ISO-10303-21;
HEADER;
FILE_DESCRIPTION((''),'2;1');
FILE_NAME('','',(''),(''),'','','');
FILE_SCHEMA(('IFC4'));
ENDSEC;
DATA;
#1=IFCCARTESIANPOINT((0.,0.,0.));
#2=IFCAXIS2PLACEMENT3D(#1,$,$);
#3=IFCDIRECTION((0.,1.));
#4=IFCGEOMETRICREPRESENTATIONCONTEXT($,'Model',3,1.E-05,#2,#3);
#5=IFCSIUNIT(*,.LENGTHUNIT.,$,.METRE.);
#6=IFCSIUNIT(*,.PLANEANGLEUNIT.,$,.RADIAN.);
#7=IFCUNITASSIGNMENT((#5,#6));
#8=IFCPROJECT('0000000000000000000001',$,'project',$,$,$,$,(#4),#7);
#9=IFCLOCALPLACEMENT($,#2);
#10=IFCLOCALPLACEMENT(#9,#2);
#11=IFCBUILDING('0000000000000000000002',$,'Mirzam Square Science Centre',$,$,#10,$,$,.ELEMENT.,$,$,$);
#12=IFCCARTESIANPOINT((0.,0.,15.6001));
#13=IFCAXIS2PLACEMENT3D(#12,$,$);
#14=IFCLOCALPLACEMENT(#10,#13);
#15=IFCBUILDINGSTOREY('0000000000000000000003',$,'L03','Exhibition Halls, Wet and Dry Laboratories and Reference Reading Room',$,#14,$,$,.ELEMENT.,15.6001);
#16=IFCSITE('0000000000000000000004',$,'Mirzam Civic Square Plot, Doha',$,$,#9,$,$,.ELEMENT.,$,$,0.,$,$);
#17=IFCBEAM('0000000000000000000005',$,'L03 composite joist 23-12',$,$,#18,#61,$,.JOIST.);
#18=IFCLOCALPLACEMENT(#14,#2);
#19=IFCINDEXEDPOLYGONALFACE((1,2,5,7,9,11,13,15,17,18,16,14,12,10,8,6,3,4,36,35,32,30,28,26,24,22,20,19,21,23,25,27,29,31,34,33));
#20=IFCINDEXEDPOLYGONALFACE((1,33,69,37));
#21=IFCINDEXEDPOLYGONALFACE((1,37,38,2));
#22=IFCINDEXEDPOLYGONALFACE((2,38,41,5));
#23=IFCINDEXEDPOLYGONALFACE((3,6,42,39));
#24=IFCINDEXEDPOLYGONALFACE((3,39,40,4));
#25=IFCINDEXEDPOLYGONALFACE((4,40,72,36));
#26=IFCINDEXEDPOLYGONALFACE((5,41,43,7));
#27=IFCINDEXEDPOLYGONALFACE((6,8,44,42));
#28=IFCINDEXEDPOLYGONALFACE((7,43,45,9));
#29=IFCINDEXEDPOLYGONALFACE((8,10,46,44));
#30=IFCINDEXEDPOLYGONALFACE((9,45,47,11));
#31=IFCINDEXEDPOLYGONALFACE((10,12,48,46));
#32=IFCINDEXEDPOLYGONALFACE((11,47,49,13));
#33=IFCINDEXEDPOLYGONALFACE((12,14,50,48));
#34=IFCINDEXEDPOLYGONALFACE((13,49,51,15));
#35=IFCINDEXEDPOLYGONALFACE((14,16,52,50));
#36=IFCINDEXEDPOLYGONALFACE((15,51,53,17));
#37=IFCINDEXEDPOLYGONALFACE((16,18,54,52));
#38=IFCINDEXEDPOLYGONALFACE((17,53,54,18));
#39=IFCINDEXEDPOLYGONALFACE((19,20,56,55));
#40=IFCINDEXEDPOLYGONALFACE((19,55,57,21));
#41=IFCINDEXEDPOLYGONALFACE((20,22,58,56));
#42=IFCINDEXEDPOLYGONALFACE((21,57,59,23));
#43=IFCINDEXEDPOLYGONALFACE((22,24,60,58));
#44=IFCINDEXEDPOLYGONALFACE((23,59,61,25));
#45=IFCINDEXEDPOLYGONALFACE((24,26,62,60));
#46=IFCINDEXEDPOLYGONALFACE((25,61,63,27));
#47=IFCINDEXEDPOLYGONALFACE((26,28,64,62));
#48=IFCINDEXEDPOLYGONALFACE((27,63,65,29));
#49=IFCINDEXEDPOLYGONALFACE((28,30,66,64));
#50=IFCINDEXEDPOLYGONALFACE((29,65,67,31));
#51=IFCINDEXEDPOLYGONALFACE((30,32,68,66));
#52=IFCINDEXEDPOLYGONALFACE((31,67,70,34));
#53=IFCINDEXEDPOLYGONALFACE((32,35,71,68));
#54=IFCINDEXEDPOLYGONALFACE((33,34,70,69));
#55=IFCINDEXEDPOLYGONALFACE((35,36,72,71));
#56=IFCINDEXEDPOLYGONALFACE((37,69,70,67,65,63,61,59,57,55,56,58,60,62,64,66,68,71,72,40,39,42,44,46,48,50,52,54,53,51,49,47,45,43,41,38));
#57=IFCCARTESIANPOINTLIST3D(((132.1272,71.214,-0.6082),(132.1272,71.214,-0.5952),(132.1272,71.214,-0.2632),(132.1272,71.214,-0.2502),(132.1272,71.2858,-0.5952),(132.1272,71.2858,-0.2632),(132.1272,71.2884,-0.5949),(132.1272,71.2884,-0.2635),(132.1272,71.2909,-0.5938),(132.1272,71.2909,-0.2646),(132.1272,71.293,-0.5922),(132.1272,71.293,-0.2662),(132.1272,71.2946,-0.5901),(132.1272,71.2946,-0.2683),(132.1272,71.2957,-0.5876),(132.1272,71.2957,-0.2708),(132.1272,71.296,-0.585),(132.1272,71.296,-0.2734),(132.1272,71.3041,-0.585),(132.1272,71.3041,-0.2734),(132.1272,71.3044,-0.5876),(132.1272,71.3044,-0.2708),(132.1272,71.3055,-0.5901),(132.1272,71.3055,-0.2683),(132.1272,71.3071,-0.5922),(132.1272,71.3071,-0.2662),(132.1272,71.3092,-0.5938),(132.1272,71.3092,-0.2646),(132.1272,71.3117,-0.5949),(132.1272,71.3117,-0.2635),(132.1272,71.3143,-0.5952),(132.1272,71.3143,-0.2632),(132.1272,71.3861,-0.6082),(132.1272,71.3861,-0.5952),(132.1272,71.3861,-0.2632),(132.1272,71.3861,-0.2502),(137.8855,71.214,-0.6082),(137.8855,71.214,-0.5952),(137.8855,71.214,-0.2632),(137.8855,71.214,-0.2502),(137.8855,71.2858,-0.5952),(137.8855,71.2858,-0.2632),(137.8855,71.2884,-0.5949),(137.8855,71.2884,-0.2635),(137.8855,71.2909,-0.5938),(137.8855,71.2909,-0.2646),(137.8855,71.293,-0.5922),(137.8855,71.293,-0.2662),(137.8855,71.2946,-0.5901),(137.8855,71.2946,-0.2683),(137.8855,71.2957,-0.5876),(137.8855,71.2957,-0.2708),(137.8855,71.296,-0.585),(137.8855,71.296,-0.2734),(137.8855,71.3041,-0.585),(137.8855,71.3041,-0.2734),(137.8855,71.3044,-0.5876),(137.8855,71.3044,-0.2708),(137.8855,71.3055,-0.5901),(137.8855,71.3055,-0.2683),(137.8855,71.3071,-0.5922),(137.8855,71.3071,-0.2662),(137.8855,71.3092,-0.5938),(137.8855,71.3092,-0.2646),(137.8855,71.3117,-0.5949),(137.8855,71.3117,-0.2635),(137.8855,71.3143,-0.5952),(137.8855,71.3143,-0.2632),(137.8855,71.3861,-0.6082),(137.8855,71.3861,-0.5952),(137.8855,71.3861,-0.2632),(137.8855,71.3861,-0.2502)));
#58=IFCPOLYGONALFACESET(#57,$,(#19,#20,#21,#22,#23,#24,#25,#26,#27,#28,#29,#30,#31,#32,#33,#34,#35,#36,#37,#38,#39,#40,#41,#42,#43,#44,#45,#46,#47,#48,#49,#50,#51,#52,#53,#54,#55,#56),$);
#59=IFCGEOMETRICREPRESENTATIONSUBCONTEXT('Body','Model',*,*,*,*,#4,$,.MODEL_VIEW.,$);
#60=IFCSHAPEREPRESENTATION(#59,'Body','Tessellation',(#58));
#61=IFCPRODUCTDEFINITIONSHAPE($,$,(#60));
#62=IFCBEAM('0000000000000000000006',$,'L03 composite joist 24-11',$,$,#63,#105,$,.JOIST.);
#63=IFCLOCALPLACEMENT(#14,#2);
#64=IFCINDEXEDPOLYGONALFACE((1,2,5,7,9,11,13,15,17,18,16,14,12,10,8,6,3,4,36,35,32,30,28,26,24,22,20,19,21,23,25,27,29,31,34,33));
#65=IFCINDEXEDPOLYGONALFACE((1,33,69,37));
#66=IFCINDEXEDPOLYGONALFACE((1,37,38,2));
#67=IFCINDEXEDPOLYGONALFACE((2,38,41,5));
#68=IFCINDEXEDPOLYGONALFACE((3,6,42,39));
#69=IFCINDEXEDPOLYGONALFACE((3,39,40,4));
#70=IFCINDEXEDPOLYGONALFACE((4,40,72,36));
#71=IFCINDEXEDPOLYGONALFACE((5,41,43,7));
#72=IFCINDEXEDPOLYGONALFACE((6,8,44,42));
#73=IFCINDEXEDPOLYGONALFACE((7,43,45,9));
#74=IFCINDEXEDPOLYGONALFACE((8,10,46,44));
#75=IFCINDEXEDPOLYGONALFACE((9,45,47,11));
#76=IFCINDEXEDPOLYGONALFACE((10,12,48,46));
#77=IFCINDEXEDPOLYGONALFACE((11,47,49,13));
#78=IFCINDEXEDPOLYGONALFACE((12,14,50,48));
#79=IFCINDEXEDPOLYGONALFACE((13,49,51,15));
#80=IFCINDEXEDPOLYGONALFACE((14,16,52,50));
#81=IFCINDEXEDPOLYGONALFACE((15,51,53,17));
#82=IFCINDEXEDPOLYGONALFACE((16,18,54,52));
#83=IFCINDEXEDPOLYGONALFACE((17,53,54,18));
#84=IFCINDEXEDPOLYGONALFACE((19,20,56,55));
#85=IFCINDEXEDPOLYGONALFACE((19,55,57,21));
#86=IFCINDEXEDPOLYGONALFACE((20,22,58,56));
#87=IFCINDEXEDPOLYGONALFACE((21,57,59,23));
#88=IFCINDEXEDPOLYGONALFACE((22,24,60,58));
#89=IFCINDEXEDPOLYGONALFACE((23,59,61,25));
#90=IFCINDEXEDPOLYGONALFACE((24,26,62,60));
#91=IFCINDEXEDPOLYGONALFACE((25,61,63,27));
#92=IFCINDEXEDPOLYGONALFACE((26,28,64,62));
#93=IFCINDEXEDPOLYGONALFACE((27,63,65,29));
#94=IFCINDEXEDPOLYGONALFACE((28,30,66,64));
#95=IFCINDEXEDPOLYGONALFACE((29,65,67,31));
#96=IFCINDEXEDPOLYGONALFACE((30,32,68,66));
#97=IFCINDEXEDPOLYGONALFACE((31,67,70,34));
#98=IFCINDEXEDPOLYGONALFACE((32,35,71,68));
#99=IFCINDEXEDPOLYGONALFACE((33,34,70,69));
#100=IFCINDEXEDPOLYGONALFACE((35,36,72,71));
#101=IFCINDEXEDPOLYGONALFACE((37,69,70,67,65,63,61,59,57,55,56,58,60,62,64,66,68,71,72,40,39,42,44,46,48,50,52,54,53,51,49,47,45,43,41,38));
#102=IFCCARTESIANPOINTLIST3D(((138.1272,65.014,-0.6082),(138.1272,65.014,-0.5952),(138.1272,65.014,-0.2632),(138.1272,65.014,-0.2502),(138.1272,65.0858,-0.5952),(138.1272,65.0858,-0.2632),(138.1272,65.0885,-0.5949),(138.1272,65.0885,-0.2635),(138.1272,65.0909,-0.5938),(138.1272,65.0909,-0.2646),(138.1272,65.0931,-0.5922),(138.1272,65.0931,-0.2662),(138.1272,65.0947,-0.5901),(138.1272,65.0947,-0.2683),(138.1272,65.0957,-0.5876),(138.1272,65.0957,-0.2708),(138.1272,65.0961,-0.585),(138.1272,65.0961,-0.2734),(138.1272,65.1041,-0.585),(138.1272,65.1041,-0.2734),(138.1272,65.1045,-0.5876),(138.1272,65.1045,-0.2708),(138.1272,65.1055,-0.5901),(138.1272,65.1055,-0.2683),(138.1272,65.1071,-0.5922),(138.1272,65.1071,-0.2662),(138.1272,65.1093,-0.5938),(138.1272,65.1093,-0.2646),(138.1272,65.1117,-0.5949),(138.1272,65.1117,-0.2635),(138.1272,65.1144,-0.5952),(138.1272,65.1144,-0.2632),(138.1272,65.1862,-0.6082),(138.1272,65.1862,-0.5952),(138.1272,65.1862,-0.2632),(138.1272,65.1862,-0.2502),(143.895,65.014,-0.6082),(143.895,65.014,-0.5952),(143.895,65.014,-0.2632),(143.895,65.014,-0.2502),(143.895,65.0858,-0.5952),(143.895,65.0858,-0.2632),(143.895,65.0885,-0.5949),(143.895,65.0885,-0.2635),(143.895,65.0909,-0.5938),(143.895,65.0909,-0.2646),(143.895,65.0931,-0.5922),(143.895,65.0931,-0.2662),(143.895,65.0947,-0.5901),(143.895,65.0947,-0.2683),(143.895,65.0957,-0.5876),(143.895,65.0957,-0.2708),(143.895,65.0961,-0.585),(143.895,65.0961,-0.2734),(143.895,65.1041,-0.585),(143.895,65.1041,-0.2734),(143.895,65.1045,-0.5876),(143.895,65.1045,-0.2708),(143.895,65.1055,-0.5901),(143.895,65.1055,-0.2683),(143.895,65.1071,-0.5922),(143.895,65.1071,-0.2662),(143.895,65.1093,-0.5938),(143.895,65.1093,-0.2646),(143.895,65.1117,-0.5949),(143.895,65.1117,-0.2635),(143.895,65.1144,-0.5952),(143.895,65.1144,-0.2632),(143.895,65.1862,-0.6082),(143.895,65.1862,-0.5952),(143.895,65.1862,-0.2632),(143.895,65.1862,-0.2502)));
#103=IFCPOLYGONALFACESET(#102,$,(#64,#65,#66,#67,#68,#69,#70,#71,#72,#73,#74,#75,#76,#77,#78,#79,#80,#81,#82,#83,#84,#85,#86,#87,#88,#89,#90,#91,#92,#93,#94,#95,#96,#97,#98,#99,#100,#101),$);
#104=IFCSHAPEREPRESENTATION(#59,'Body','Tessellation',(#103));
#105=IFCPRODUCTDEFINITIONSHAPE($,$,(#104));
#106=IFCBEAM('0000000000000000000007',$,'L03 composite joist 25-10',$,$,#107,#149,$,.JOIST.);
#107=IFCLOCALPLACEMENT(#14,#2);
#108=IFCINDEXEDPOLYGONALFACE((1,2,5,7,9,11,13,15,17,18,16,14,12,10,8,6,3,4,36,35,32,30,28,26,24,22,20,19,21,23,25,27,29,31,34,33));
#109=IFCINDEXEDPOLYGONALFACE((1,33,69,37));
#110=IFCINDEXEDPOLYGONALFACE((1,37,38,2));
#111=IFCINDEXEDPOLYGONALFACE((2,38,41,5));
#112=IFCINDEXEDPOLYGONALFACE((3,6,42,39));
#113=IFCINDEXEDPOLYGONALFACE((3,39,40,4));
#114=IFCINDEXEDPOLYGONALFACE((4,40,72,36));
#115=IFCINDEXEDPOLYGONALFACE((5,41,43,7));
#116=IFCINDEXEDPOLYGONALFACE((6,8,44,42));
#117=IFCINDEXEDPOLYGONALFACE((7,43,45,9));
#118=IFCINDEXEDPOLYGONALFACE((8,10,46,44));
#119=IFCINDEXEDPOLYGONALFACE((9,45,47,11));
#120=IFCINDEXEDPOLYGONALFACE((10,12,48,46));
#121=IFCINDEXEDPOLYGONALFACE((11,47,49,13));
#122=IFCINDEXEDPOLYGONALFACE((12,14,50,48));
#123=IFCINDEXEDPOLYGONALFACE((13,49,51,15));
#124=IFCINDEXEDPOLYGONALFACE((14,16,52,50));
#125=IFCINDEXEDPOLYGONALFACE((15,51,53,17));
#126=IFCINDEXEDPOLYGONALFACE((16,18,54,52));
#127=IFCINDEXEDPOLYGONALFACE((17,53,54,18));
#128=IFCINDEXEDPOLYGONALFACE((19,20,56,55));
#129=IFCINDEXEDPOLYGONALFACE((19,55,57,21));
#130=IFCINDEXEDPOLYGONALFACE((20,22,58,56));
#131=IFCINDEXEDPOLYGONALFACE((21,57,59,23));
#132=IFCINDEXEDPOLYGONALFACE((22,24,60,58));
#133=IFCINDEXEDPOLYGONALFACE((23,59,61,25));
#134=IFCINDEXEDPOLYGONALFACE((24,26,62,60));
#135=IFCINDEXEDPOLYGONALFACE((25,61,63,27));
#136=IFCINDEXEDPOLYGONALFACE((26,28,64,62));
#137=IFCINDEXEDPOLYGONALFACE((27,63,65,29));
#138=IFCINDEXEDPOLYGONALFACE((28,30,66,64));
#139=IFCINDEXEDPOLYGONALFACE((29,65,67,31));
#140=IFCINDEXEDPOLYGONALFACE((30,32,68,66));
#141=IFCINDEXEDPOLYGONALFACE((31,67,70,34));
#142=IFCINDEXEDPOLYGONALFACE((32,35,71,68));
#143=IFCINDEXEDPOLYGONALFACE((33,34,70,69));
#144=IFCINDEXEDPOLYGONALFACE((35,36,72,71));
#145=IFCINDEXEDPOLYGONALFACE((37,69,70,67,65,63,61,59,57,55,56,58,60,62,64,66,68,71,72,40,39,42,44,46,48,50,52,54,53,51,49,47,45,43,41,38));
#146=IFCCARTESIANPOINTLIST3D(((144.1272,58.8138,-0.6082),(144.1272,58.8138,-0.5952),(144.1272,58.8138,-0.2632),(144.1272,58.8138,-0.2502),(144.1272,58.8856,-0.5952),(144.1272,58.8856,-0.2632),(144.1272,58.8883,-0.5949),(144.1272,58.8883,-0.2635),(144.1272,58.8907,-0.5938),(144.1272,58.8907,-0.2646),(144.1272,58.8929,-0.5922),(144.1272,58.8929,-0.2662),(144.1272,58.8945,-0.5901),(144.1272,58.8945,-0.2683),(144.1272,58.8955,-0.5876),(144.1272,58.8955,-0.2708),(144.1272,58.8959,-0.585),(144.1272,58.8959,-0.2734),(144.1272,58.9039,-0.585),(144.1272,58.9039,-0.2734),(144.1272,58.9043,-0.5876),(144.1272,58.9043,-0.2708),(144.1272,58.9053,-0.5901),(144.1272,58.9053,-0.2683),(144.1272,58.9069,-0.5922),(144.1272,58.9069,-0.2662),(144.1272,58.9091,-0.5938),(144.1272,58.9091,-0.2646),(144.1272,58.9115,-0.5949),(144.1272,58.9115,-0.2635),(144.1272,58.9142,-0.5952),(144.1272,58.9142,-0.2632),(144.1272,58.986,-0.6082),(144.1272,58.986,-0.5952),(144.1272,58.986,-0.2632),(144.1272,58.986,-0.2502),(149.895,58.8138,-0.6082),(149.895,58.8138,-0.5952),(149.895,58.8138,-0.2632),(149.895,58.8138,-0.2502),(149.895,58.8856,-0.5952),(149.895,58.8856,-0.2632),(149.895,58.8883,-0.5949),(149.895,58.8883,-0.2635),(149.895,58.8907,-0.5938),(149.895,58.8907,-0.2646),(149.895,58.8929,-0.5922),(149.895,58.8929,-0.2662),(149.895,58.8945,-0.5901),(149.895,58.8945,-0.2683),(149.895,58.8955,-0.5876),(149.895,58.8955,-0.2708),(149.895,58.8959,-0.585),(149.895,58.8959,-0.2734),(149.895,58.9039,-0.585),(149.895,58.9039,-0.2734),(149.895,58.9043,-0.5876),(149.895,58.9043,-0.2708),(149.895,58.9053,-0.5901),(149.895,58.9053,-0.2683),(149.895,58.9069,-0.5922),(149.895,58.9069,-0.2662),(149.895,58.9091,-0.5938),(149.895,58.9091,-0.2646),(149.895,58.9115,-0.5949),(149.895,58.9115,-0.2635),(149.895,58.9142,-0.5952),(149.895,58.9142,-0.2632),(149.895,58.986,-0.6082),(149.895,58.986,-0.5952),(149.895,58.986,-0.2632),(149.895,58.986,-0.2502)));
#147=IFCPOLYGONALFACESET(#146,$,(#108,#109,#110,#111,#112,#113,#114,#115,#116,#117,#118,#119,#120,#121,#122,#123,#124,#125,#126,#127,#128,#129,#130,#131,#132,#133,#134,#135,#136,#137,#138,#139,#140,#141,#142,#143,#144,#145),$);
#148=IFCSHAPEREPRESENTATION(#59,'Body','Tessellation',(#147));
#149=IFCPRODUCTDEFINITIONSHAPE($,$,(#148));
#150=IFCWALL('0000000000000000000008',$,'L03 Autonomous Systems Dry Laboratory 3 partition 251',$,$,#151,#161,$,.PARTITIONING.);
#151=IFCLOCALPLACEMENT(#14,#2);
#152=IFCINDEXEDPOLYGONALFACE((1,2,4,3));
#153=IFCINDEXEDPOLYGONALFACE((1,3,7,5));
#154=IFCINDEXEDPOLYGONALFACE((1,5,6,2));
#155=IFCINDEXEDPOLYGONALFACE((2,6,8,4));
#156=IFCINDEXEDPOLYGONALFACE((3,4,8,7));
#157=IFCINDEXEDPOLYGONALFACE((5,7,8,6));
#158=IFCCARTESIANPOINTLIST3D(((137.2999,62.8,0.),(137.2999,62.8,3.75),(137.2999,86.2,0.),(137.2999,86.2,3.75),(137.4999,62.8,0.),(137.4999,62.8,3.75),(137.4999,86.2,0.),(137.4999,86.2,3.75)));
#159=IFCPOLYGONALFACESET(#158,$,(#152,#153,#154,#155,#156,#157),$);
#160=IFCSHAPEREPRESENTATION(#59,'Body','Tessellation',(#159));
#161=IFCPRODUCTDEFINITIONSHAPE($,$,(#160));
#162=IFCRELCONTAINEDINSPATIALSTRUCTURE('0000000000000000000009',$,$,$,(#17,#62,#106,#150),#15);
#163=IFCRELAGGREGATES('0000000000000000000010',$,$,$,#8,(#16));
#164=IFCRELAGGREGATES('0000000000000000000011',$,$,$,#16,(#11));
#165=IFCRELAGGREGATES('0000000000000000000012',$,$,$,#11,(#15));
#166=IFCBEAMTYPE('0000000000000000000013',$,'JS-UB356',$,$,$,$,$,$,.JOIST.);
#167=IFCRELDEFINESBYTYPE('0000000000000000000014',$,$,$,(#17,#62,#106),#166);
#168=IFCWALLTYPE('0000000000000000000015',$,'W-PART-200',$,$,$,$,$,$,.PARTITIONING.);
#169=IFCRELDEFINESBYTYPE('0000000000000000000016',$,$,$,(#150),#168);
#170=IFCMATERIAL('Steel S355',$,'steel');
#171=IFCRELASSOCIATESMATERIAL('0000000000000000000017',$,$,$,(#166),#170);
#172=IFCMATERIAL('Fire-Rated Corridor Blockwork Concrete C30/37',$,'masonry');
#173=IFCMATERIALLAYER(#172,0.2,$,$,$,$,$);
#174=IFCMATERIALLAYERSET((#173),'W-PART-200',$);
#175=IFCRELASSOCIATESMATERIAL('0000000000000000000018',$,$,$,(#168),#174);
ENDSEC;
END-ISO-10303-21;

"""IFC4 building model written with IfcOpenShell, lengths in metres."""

from ifc_helpers import new_model, si_unit, direction, frame, frame_2d, origin, origin_2d, place, context, subcontext, project, spatial, rectangle, i_section, extrude, material, layer, layer_set, material_profile, profile_set, type_object, element, save


model = new_model("IFC4")

# Units and contexts
model_context = context("Model", 3, precision=1e-05, world=origin(), true_north=direction((0.0, 1.0)))
body_context = subcontext(model_context, "Body", "Model", "MODEL_VIEW")
ifc_project = project(units=[si_unit("LENGTHUNIT", "METRE"), si_unit("PLANEANGLEUNIT", "RADIAN")], contexts=[model_context])

# Site, building, storey
site_placement = place(None, origin())
site = spatial("IfcSite", under=ifc_project, at=site_placement, Name="Mirzam Civic Square Plot, Doha", CompositionType="ELEMENT", RefElevation=0.0)
building_placement = place(site_placement, origin())
building = spatial("IfcBuilding", under=site, at=building_placement, Name="Mirzam Square Science Centre", CompositionType="ELEMENT")
storey_placement = place(building_placement, frame((0.0, 0.0, 15.6001)))
storey = spatial("IfcBuildingStorey", under=building, at=storey_placement, Name="L03", Description="Exhibition Halls, Wet and Dry Laboratories and Reference Reading Room", CompositionType="ELEMENT", Elevation=15.6001)

# Shared definitions
ifc_material_1 = material(Name="Steel S355", Category="steel")

# Beams
ifc_material_profile_1 = material_profile(ifc_material_1, i_section(OverallWidth=0.1721, OverallDepth=0.3579, WebThickness=0.0081, FlangeThickness=0.0129, FilletRadius=0.0103, at=origin_2d()), Name="356x171x57UB")
ifc_profile_set_1 = profile_set([ifc_material_profile_1], Name="Steel S355")
beam_type_1 = type_object("IfcBeamType", Name="JS-UB356", PredefinedType="JOIST", material=ifc_profile_set_1)
beam_1_placement = place(storey_placement, frame((132.1272, 71.3, -0.4292), z_axis=(1.0, 0.0, 0.0), x_axis=(0.0, 1.0, 0.0)))
element("IfcBeam", 1, at=beam_1_placement, inside=storey, type_object=beam_type_1, Name="L03 composite joist 23-12", PredefinedType="JOIST", context=body_context, shape_type="SweptSolid", body=[
    extrude(i_section(OverallWidth=0.1721, OverallDepth=0.3579, WebThickness=0.0081, FlangeThickness=0.0129, FilletRadius=0.0103, at=origin_2d()), origin(), (0.0, 0.0, 1.0), 5.7583),
])
for number, where, z_axis, x_axis, name in (
    (2, (138.1272, 65.1001, -0.4292), (1.0, 0.0, 0.0), (0.0, 1.0, 0.0), "L03 composite joist 24-11"),
    (3, (144.1272, 58.8999, -0.4292), (1.0, 0.0, 0.0), (0.0, 1.0, 0.0), "L03 composite joist 25-10"),
):
    element("IfcBeam", number, at=place(storey_placement, frame(where, z_axis=z_axis, x_axis=x_axis)), inside=storey, type_object=beam_type_1, Name=name, PredefinedType="JOIST", context=body_context, shape_type="SweptSolid", body=[
        extrude(i_section(OverallWidth=0.1721, OverallDepth=0.3579, WebThickness=0.0081, FlangeThickness=0.0129, FilletRadius=0.0103, at=origin_2d()), origin(), (0.0, 0.0, 1.0), 5.7678),
    ])

# Wall
ifc_material_2 = material(Name="Fire-Rated Corridor Blockwork Concrete C30/37", Category="masonry")
ifc_layer = layer(ifc_material_2, 0.2)
ifc_layer_set = layer_set([ifc_layer], Name="W-PART-200")
wall_type = type_object("IfcWallType", Name="W-PART-200", PredefinedType="PARTITIONING", material=ifc_layer_set)
wall_placement = place(storey_placement, frame((137.3999, 62.8, 0.0), z_axis=(0.0, 0.0, 1.0), x_axis=(0.0, 1.0, 0.0)))
element("IfcWall", 4, at=wall_placement, inside=storey, type_object=wall_type, Name="L03 Autonomous Systems Dry Laboratory 3 partition 251", PredefinedType="PARTITIONING", context=body_context, shape_type="SweptSolid", body=[
    extrude(rectangle(XDim=23.3999, YDim=0.2, at=frame_2d((11.7, 0.0))), origin(), (0.0, 0.0, 1.0), 3.75),
])

save(model, "model.ifc")
